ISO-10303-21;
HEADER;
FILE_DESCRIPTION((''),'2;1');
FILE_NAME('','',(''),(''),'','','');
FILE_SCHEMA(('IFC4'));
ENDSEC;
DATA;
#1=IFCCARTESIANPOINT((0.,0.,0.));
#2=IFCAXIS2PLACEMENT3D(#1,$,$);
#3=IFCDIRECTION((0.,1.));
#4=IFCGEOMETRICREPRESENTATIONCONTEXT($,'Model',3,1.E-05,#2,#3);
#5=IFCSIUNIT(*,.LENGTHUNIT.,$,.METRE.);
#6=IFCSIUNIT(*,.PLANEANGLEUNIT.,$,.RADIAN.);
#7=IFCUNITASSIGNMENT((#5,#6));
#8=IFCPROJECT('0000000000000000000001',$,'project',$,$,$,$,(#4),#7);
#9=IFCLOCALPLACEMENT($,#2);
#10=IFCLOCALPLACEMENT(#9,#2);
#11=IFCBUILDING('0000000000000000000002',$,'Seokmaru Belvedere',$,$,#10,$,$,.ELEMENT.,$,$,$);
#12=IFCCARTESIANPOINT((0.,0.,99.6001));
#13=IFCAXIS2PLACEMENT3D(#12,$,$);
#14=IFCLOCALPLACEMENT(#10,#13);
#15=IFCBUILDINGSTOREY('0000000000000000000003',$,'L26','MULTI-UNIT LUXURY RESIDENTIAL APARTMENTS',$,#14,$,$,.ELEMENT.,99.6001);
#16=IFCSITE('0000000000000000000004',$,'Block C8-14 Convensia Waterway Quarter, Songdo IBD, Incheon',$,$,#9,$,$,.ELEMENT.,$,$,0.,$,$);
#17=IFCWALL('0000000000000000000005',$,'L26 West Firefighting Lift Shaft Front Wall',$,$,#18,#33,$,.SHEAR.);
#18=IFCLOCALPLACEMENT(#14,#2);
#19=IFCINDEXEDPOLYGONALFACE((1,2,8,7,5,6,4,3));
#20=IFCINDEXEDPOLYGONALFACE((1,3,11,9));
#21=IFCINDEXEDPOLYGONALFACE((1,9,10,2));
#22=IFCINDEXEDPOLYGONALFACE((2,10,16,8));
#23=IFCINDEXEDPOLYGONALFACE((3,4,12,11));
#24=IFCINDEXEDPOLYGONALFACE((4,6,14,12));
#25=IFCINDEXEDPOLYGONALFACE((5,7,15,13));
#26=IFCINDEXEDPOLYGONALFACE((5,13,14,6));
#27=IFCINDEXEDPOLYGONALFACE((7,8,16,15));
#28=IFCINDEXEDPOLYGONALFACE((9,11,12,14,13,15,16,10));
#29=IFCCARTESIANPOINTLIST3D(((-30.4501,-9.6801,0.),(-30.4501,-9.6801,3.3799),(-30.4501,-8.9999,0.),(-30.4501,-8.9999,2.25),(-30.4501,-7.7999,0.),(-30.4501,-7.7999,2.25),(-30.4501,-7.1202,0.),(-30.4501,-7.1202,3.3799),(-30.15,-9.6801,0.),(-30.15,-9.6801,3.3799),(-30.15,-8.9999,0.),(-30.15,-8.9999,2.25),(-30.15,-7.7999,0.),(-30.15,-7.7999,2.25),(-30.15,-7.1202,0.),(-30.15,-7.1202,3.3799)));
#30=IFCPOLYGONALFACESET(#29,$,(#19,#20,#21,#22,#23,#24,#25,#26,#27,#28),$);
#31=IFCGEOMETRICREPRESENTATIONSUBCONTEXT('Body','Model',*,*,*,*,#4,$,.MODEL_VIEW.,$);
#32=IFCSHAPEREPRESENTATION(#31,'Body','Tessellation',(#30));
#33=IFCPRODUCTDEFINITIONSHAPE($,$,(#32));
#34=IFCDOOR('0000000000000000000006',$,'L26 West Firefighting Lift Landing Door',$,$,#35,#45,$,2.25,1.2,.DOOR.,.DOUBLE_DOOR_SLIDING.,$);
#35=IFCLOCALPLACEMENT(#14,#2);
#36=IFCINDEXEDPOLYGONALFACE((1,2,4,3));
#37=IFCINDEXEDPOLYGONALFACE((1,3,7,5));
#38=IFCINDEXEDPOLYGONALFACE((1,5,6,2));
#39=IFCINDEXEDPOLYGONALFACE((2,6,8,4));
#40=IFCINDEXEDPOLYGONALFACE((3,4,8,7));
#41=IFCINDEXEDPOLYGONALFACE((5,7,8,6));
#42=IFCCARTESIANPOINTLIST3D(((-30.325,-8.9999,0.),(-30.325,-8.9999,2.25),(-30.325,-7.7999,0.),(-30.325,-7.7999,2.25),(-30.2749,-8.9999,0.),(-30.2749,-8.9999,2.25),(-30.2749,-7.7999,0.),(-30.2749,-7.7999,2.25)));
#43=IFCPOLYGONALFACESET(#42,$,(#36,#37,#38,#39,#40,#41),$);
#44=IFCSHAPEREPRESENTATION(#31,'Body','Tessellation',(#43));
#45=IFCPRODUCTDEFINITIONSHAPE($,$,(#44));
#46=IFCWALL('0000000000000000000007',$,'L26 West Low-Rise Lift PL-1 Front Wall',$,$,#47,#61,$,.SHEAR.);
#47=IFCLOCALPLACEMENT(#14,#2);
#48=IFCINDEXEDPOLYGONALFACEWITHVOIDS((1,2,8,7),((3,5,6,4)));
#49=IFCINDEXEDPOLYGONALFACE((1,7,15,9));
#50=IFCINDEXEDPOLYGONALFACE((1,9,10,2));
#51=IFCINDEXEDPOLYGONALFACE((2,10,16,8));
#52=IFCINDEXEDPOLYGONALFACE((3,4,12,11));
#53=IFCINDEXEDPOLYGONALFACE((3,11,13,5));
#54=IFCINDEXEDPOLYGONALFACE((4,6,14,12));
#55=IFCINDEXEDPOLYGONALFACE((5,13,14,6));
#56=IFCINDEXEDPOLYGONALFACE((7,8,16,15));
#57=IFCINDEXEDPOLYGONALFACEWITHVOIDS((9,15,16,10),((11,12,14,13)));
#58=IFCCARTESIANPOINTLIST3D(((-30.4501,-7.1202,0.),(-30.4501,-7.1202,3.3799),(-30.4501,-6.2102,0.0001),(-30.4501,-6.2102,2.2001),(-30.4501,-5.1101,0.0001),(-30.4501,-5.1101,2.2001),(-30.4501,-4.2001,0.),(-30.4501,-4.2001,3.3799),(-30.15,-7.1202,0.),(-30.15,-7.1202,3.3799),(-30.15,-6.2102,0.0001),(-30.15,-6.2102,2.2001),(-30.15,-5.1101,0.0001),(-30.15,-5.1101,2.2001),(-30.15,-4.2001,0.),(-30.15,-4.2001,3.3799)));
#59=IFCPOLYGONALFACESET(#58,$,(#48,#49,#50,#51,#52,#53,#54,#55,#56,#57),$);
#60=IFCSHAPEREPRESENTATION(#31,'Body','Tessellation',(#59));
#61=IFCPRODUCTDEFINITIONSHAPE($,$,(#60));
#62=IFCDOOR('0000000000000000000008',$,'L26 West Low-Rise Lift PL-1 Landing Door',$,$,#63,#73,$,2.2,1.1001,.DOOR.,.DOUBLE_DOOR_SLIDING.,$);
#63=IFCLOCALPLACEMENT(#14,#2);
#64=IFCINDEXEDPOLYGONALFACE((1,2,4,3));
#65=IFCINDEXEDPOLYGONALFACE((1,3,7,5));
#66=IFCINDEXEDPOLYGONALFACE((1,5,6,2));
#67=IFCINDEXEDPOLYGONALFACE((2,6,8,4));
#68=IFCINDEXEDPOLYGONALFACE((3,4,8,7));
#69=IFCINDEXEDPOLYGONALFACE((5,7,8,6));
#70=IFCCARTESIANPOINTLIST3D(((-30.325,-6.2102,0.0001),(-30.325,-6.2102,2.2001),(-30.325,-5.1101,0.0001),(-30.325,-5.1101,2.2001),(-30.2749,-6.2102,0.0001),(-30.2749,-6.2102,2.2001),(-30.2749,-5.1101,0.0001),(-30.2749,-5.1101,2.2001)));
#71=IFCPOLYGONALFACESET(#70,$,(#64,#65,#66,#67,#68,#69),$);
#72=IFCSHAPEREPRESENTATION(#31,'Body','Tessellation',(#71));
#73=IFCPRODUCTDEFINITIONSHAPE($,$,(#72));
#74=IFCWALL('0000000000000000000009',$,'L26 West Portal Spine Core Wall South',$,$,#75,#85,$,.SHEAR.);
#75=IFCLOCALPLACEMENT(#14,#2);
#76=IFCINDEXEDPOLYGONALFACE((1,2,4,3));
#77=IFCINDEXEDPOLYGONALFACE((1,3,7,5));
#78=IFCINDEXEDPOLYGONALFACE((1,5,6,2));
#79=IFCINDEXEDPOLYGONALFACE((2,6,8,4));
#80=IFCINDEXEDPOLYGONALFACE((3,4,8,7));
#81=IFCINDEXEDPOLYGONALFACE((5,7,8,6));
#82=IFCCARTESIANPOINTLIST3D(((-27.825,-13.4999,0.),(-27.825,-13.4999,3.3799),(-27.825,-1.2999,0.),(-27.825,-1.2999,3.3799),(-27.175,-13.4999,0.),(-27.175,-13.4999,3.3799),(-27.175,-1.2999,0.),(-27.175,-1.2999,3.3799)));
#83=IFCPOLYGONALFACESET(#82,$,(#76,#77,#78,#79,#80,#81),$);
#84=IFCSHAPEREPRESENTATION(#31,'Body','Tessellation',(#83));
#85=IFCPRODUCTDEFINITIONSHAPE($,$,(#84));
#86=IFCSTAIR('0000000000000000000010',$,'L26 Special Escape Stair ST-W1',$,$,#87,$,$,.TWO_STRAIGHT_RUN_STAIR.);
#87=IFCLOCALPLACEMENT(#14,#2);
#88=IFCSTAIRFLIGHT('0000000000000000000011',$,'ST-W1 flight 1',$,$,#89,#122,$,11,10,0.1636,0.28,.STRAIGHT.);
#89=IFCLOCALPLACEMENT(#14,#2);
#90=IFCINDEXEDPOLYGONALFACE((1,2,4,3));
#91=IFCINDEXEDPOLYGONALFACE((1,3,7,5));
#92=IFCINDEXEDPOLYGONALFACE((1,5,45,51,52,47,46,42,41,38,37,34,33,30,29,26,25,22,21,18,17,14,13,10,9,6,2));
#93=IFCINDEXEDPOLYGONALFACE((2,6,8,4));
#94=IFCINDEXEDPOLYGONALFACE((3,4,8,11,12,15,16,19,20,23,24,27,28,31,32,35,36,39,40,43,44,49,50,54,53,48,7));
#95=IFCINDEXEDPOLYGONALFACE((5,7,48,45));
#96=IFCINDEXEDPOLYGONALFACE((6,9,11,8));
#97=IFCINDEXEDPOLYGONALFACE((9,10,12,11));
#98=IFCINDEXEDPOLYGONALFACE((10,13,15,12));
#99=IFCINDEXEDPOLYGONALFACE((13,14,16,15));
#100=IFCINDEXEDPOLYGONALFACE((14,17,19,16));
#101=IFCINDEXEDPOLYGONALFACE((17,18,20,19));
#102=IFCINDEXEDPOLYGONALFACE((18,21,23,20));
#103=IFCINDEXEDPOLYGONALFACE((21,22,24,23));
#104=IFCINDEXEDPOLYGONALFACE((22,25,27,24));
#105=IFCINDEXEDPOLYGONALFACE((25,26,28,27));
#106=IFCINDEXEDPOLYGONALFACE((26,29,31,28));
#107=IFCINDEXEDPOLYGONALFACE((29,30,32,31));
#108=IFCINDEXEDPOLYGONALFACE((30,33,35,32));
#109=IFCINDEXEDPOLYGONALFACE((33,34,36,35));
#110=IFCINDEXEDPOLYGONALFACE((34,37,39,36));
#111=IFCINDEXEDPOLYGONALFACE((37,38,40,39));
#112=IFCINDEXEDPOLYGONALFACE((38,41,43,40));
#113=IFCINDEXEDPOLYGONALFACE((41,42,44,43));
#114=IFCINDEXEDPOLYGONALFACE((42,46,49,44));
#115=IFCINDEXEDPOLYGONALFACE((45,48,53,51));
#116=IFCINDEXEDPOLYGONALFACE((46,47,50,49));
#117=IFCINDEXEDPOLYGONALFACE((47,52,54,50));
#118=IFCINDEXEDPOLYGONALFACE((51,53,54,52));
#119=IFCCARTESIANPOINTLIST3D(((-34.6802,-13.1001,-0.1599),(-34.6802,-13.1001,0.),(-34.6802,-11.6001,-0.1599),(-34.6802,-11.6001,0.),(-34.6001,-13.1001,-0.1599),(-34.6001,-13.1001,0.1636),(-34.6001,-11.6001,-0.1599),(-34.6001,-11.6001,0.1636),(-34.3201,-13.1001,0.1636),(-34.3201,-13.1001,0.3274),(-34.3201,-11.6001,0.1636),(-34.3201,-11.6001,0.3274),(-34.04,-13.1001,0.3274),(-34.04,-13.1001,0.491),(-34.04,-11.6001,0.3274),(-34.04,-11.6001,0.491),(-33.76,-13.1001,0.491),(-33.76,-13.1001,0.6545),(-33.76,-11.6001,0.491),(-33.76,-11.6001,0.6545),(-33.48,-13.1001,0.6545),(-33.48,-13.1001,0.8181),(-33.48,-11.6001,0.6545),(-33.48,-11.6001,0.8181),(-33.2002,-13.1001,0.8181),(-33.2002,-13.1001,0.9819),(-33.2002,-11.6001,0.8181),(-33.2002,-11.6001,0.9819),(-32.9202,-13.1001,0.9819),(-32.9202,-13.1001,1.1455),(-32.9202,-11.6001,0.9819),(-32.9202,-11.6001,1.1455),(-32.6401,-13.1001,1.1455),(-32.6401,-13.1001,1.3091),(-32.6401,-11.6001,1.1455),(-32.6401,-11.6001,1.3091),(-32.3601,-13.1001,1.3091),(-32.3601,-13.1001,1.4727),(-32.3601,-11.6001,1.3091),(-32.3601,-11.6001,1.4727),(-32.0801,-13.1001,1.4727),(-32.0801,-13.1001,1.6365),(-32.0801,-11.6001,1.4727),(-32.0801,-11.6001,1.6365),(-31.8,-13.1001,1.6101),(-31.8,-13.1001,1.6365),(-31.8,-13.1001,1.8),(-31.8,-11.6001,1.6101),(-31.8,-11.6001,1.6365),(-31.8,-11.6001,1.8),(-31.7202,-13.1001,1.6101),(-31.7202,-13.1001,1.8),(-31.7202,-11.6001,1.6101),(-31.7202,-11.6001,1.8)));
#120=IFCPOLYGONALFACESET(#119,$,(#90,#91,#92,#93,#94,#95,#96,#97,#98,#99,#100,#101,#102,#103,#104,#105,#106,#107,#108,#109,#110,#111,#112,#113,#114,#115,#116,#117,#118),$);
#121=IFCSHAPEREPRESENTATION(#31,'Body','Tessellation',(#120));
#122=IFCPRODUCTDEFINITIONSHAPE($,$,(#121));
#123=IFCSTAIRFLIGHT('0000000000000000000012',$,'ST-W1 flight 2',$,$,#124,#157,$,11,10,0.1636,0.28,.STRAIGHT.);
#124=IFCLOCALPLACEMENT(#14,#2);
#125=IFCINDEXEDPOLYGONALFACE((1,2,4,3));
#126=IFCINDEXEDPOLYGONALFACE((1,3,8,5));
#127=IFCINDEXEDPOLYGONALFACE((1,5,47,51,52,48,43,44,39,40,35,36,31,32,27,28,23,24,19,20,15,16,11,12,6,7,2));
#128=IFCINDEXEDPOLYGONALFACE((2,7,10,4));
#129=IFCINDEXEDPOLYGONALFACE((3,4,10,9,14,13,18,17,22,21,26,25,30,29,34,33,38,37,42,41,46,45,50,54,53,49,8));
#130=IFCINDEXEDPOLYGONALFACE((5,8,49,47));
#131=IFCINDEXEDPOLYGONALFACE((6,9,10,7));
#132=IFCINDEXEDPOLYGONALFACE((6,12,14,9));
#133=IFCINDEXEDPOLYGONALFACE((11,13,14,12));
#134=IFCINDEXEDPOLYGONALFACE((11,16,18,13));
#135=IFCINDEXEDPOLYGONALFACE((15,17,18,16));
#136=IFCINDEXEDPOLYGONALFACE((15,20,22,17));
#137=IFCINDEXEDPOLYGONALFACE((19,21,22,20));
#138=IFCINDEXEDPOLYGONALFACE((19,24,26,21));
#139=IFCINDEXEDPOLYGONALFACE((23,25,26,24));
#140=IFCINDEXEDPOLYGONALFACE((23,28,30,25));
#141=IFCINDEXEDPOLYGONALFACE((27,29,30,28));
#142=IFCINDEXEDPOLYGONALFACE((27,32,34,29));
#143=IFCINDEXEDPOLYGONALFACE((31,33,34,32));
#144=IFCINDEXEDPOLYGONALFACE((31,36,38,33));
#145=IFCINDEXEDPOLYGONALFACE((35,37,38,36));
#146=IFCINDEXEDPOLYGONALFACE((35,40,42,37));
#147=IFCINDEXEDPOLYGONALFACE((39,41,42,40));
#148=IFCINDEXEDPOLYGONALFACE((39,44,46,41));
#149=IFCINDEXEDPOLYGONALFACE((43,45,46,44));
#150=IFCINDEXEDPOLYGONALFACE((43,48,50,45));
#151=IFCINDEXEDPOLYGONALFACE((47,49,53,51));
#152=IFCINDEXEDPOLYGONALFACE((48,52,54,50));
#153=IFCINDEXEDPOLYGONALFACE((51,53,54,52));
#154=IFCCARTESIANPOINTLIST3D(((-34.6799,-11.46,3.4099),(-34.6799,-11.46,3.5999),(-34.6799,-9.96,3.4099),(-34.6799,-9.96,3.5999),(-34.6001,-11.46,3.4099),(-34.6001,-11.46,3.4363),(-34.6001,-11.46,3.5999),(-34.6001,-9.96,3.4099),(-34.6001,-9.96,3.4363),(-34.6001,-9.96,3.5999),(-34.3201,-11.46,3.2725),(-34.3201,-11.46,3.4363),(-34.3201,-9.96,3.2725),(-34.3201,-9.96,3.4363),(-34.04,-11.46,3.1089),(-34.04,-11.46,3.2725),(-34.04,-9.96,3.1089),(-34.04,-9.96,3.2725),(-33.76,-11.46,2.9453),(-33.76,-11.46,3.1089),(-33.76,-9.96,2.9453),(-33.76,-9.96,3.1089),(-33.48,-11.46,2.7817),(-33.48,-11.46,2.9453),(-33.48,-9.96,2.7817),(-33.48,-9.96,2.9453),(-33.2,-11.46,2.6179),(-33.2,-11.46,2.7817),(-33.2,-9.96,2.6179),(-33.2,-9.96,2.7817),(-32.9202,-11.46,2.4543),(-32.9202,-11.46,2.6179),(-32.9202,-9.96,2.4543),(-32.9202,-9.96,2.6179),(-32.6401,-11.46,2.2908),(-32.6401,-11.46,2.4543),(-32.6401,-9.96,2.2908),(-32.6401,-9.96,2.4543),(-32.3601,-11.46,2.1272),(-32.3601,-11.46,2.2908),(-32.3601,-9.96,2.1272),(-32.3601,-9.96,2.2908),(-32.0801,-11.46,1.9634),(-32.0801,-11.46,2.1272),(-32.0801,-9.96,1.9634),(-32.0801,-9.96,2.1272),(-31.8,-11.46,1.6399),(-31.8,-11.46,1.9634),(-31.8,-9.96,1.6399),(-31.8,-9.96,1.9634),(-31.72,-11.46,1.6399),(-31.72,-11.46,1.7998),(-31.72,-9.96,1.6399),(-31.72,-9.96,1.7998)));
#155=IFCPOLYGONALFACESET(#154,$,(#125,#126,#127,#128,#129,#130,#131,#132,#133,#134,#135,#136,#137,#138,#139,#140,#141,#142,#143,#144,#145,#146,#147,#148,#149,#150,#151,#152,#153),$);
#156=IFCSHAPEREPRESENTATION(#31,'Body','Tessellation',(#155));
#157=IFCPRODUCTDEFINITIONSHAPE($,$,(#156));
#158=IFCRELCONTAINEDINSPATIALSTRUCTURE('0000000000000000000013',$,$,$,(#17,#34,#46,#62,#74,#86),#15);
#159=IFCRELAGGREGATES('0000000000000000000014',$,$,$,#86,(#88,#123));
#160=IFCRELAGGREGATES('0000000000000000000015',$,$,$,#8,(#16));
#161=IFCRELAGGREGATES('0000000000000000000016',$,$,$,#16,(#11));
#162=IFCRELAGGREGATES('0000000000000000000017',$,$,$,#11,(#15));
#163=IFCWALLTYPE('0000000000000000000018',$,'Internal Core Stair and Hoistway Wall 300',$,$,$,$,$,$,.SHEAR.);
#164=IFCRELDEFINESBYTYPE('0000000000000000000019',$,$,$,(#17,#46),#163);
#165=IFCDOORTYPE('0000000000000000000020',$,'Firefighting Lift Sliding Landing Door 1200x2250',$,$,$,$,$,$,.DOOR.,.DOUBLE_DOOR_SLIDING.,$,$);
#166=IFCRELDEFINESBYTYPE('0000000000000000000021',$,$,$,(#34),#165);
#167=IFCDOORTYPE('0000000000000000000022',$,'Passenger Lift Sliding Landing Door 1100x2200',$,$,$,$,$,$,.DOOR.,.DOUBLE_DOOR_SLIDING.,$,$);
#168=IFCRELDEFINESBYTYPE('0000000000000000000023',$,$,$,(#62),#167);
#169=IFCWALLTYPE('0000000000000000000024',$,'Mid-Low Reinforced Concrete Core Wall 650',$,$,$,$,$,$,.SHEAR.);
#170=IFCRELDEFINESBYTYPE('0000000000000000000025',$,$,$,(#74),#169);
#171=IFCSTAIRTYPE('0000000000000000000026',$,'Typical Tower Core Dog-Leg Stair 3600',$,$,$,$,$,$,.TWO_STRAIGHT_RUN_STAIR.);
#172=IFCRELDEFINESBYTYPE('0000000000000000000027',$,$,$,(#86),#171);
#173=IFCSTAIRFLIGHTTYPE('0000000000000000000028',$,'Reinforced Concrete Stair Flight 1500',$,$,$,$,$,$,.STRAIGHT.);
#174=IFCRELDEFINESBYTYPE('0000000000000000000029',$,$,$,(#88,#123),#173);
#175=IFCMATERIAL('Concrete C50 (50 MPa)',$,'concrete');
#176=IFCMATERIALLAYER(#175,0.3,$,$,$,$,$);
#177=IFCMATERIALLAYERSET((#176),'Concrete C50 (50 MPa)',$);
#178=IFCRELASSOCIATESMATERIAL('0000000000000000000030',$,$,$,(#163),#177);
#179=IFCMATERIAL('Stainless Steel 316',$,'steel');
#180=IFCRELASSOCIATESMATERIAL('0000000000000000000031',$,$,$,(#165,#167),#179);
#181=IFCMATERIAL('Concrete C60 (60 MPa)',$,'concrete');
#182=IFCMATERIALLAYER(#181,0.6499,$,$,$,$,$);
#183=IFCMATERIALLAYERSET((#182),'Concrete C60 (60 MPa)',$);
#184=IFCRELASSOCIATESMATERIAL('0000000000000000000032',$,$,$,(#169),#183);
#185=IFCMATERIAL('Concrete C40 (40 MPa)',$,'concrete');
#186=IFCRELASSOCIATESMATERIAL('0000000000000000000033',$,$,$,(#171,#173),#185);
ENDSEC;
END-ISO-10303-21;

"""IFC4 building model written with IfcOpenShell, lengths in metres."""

from ifc_helpers import new_model, si_unit, direction, frame, frame_2d, origin, place, context, subcontext, project, spatial, polyline, rectangle, outline, extrude, source, transform, mapped, material, layer, layer_set, type_object, type_shapes, element, fill, aggregate, save


model = new_model("IFC4")

# Units and contexts
model_context = context("Model", 3, precision=1e-05, world=origin(), true_north=direction((0.0, 1.0)))
body_context = subcontext(model_context, "Body", "Model", "MODEL_VIEW")
ifc_project = project(units=[si_unit("LENGTHUNIT", "METRE"), si_unit("PLANEANGLEUNIT", "RADIAN")], contexts=[model_context])

# Site, building, storey
site_placement = place(None, origin())
site = spatial("IfcSite", under=ifc_project, at=site_placement, Name="Block C8-14 Convensia Waterway Quarter, Songdo IBD, Incheon", CompositionType="ELEMENT", RefElevation=0.0)
building_placement = place(site_placement, origin())
building = spatial("IfcBuilding", under=site, at=building_placement, Name="Seokmaru Belvedere", CompositionType="ELEMENT")
storey_placement = place(building_placement, frame((0.0, 0.0, 99.6001)))
storey = spatial("IfcBuildingStorey", under=building, at=storey_placement, Name="L26", Description="MULTI-UNIT LUXURY RESIDENTIAL APARTMENTS", CompositionType="ELEMENT", Elevation=99.6001)

# Shared definitions
ifc_material_1 = material(Name="Concrete C50 (50 MPa)", Category="concrete")

# Walls, openings, doors
ifc_layer_1 = layer(ifc_material_1, 0.3)
ifc_layer_set_1 = layer_set([ifc_layer_1], Name="Concrete C50 (50 MPa)")
wall_type_1 = type_object("IfcWallType", Name="Internal Core Stair and Hoistway Wall 300", PredefinedType="SHEAR", material=ifc_layer_set_1)
wall_1_placement = place(storey_placement, frame((-30.3, -9.6799, 0.0), z_axis=(0.0, 0.0, 1.0), x_axis=(0.0, 1.0, 0.0)))
wall_1 = element("IfcWall", 1, at=wall_1_placement, inside=storey, type_object=wall_type_1, Name="L26 West Firefighting Lift Shaft Front Wall", PredefinedType="SHEAR", context=body_context, shape_type="SweptSolid", body=[
    extrude(rectangle(XDim=2.5598, YDim=0.3, at=frame_2d((1.2798, 0.0))), origin(), (0.0, 0.0, 1.0), 3.3799),
])
opening_1_placement = place(wall_1_placement, frame((0.6799, 0.0, 0.0)))
opening_1 = element("IfcOpeningElement", 2, at=opening_1_placement, cuts=wall_1, PredefinedType="OPENING", context=body_context, shape_type="SweptSolid", body=[
    extrude(rectangle(XDim=1.2, YDim=2.25, at=frame_2d((0.6001, 1.125))), frame((0.0, 0.1602, 0.0), z_axis=(0.0, -1.0, 0.0), x_axis=(1.0, 0.0, 0.0)), (0.0, 0.0, 1.0), 0.3201),
])
ifc_material_2 = material(Name="Stainless Steel 316", Category="steel")
door_type_1 = type_object("IfcDoorType", Name="Firefighting Lift Sliding Landing Door 1200x2250", OperationType="DOUBLE_DOOR_SLIDING", PredefinedType="DOOR", material=ifc_material_2)
shared_shape_1 = source(origin(), body_context, "Body", "SweptSolid", [
    extrude(rectangle(XDim=1.2, YDim=2.25, at=frame_2d((0.6001, 1.125))), frame((0.0, 0.0249, 0.0), z_axis=(0.0, -1.0, 0.0), x_axis=(1.0, 0.0, 0.0)), (0.0, 0.0, 1.0), 0.05),
])
type_shapes(door_type_1, [shared_shape_1])
door_1_placement = place(opening_1_placement, origin())
door_1 = element("IfcDoor", 3, at=door_1_placement, inside=storey, type_object=door_type_1, Name="L26 West Firefighting Lift Landing Door", OperationType="DOUBLE_DOOR_SLIDING", OverallHeight=2.25, OverallWidth=1.2, PredefinedType="DOOR", context=body_context, shape_type="MappedRepresentation", body=[
    mapped(shared_shape_1, transform((0.0, 0.0, 0.0), scale=1.0)),
])
fill(opening_1, door_1)
wall_2_placement = place(storey_placement, frame((-30.3, -7.1201, 0.0), z_axis=(0.0, 0.0, 1.0), x_axis=(0.0, 1.0, 0.0)))
wall_2 = element("IfcWall", 4, at=wall_2_placement, inside=storey, type_object=wall_type_1, Name="L26 West Low-Rise Lift PL-1 Front Wall", PredefinedType="SHEAR", context=body_context, shape_type="SweptSolid", body=[
    extrude(rectangle(XDim=2.9202, YDim=0.3, at=frame_2d((1.46, 0.0))), origin(), (0.0, 0.0, 1.0), 3.3799),
])
opening_2_placement = place(wall_2_placement, frame((0.9099, 0.0, 0.0)))
opening_2 = element("IfcOpeningElement", 5, at=opening_2_placement, cuts=wall_2, PredefinedType="OPENING", context=body_context, shape_type="SweptSolid", body=[
    extrude(rectangle(XDim=1.1001, YDim=2.2, at=frame_2d((0.55, 1.1001))), frame((0.0, 0.1602, 0.0), z_axis=(0.0, -1.0, 0.0), x_axis=(1.0, 0.0, 0.0)), (0.0, 0.0, 1.0), 0.3201),
])
door_type_2 = type_object("IfcDoorType", Name="Passenger Lift Sliding Landing Door 1100x2200", OperationType="DOUBLE_DOOR_SLIDING", PredefinedType="DOOR", material=ifc_material_2)
shared_shape_2 = source(origin(), body_context, "Body", "SweptSolid", [
    extrude(rectangle(XDim=1.1001, YDim=2.2, at=frame_2d((0.55, 1.1001))), frame((0.0, 0.0249, 0.0), z_axis=(0.0, -1.0, 0.0), x_axis=(1.0, 0.0, 0.0)), (0.0, 0.0, 1.0), 0.05),
])
type_shapes(door_type_2, [shared_shape_2])
door_2_placement = place(opening_2_placement, origin())
door_2 = element("IfcDoor", 6, at=door_2_placement, inside=storey, type_object=door_type_2, Name="L26 West Low-Rise Lift PL-1 Landing Door", OperationType="DOUBLE_DOOR_SLIDING", OverallHeight=2.2, OverallWidth=1.1001, PredefinedType="DOOR", context=body_context, shape_type="MappedRepresentation", body=[
    mapped(shared_shape_2, transform((0.0, 0.0, 0.0), scale=1.0)),
])
fill(opening_2, door_2)

# Wall
ifc_material_3 = material(Name="Concrete C60 (60 MPa)", Category="concrete")
ifc_layer_2 = layer(ifc_material_3, 0.6499)
ifc_layer_set_2 = layer_set([ifc_layer_2], Name="Concrete C60 (60 MPa)")
wall_type_2 = type_object("IfcWallType", Name="Mid-Low Reinforced Concrete Core Wall 650", PredefinedType="SHEAR", material=ifc_layer_set_2)
wall_3_placement = place(storey_placement, frame((-27.5, -13.5, 0.0), z_axis=(0.0, 0.0, 1.0), x_axis=(0.0, 1.0, 0.0)))
element("IfcWall", 7, at=wall_3_placement, inside=storey, type_object=wall_type_2, Name="L26 West Portal Spine Core Wall South", PredefinedType="SHEAR", context=body_context, shape_type="SweptSolid", body=[
    extrude(rectangle(XDim=12.2, YDim=0.6499, at=frame_2d((6.1001, 0.0))), origin(), (0.0, 0.0, 1.0), 3.3799),
])

# Stair, stair flights
ifc_material_4 = material(Name="Concrete C40 (40 MPa)", Category="concrete")
stair_type = type_object("IfcStairType", Name="Typical Tower Core Dog-Leg Stair 3600", PredefinedType="TWO_STRAIGHT_RUN_STAIR", material=ifc_material_4)
stair_placement = place(storey_placement, origin())
stair = element("IfcStair", 8, at=stair_placement, inside=storey, type_object=stair_type, Name="L26 Special Escape Stair ST-W1", PredefinedType="TWO_STRAIGHT_RUN_STAIR")
stair_flight_type = type_object("IfcStairFlightType", Name="Reinforced Concrete Stair Flight 1500", PredefinedType="STRAIGHT", material=ifc_material_4)
stair_flight_1_placement = place(storey_placement, frame((-34.6001, -12.3501, 0.0), z_axis=(0.0, 0.0, 1.0), x_axis=(1.0, 0.0, 0.0)))
stair_flight_1 = element("IfcStairFlight", 9, at=stair_flight_1_placement, type_object=stair_flight_type, Name="ST-W1 flight 1", NumberOfRisers=11, NumberOfTreads=10, PredefinedType="STRAIGHT", RiserHeight=0.1636, TreadLength=0.28, context=body_context, shape_type="SweptSolid", body=[
    extrude(outline(polyline([(-0.0801, 0.0), (0.0, 0.1636), (0.28, 0.1636), (0.28, 0.3274), (0.5601, 0.3274), (0.5601, 0.491), (0.8401, 0.491), (0.8401, 0.6545), (1.1201, 0.6545), (1.1201, 0.8181), (1.3999, 0.8181), (1.3999, 0.9819), (1.6799, 0.9819), (1.6799, 1.1455), (1.96, 1.1455), (1.96, 1.3091), (2.24, 1.3091), (2.24, 1.4727), (2.52, 1.4727), (2.52, 1.6365), (2.8, 1.6365), (2.8, 1.8), (2.8799, 1.8), (2.8799, 1.6101), (2.8, 1.6101), (0.0, -0.1599), (-0.0801, -0.1599), (-0.0801, 0.0)])), frame((0.0, 0.75, 0.0), z_axis=(0.0, -1.0, 0.0), x_axis=(1.0, 0.0, 0.0)), (0.0, 0.0, 1.0), 1.5),
])
stair_flight_2_placement = place(storey_placement, frame((-31.8, -10.71, 1.7998), z_axis=(0.0, 0.0, 1.0), x_axis=(-1.0, 0.0, 0.0)))
stair_flight_2 = element("IfcStairFlight", 10, at=stair_flight_2_placement, type_object=stair_flight_type, Name="ST-W1 flight 2", NumberOfRisers=11, NumberOfTreads=10, PredefinedType="STRAIGHT", RiserHeight=0.1636, TreadLength=0.28, context=body_context, shape_type="SweptSolid", body=[
    extrude(outline(polyline([(-0.0801, 0.0), (0.0, 0.1636), (0.28, 0.1636), (0.28, 0.3274), (0.5601, 0.3274), (0.5601, 0.491), (0.8401, 0.491), (0.8401, 0.6545), (1.1201, 0.6545), (1.1201, 0.8181), (1.3999, 0.8181), (1.3999, 0.9819), (1.6799, 0.9819), (1.6799, 1.1455), (1.96, 1.1455), (1.96, 1.3091), (2.24, 1.3091), (2.24, 1.4727), (2.52, 1.4727), (2.52, 1.6365), (2.8, 1.6365), (2.8, 1.8), (2.8799, 1.8), (2.8799, 1.6101), (2.8, 1.6101), (0.0, -0.1599), (-0.0801, -0.1599), (-0.0801, 0.0)])), frame((0.0, 0.75, 0.0), z_axis=(0.0, -1.0, 0.0), x_axis=(1.0, 0.0, 0.0)), (0.0, 0.0, 1.0), 1.5),
])
aggregate(stair, [stair_flight_1, stair_flight_2])

save(model, "model.ifc")
